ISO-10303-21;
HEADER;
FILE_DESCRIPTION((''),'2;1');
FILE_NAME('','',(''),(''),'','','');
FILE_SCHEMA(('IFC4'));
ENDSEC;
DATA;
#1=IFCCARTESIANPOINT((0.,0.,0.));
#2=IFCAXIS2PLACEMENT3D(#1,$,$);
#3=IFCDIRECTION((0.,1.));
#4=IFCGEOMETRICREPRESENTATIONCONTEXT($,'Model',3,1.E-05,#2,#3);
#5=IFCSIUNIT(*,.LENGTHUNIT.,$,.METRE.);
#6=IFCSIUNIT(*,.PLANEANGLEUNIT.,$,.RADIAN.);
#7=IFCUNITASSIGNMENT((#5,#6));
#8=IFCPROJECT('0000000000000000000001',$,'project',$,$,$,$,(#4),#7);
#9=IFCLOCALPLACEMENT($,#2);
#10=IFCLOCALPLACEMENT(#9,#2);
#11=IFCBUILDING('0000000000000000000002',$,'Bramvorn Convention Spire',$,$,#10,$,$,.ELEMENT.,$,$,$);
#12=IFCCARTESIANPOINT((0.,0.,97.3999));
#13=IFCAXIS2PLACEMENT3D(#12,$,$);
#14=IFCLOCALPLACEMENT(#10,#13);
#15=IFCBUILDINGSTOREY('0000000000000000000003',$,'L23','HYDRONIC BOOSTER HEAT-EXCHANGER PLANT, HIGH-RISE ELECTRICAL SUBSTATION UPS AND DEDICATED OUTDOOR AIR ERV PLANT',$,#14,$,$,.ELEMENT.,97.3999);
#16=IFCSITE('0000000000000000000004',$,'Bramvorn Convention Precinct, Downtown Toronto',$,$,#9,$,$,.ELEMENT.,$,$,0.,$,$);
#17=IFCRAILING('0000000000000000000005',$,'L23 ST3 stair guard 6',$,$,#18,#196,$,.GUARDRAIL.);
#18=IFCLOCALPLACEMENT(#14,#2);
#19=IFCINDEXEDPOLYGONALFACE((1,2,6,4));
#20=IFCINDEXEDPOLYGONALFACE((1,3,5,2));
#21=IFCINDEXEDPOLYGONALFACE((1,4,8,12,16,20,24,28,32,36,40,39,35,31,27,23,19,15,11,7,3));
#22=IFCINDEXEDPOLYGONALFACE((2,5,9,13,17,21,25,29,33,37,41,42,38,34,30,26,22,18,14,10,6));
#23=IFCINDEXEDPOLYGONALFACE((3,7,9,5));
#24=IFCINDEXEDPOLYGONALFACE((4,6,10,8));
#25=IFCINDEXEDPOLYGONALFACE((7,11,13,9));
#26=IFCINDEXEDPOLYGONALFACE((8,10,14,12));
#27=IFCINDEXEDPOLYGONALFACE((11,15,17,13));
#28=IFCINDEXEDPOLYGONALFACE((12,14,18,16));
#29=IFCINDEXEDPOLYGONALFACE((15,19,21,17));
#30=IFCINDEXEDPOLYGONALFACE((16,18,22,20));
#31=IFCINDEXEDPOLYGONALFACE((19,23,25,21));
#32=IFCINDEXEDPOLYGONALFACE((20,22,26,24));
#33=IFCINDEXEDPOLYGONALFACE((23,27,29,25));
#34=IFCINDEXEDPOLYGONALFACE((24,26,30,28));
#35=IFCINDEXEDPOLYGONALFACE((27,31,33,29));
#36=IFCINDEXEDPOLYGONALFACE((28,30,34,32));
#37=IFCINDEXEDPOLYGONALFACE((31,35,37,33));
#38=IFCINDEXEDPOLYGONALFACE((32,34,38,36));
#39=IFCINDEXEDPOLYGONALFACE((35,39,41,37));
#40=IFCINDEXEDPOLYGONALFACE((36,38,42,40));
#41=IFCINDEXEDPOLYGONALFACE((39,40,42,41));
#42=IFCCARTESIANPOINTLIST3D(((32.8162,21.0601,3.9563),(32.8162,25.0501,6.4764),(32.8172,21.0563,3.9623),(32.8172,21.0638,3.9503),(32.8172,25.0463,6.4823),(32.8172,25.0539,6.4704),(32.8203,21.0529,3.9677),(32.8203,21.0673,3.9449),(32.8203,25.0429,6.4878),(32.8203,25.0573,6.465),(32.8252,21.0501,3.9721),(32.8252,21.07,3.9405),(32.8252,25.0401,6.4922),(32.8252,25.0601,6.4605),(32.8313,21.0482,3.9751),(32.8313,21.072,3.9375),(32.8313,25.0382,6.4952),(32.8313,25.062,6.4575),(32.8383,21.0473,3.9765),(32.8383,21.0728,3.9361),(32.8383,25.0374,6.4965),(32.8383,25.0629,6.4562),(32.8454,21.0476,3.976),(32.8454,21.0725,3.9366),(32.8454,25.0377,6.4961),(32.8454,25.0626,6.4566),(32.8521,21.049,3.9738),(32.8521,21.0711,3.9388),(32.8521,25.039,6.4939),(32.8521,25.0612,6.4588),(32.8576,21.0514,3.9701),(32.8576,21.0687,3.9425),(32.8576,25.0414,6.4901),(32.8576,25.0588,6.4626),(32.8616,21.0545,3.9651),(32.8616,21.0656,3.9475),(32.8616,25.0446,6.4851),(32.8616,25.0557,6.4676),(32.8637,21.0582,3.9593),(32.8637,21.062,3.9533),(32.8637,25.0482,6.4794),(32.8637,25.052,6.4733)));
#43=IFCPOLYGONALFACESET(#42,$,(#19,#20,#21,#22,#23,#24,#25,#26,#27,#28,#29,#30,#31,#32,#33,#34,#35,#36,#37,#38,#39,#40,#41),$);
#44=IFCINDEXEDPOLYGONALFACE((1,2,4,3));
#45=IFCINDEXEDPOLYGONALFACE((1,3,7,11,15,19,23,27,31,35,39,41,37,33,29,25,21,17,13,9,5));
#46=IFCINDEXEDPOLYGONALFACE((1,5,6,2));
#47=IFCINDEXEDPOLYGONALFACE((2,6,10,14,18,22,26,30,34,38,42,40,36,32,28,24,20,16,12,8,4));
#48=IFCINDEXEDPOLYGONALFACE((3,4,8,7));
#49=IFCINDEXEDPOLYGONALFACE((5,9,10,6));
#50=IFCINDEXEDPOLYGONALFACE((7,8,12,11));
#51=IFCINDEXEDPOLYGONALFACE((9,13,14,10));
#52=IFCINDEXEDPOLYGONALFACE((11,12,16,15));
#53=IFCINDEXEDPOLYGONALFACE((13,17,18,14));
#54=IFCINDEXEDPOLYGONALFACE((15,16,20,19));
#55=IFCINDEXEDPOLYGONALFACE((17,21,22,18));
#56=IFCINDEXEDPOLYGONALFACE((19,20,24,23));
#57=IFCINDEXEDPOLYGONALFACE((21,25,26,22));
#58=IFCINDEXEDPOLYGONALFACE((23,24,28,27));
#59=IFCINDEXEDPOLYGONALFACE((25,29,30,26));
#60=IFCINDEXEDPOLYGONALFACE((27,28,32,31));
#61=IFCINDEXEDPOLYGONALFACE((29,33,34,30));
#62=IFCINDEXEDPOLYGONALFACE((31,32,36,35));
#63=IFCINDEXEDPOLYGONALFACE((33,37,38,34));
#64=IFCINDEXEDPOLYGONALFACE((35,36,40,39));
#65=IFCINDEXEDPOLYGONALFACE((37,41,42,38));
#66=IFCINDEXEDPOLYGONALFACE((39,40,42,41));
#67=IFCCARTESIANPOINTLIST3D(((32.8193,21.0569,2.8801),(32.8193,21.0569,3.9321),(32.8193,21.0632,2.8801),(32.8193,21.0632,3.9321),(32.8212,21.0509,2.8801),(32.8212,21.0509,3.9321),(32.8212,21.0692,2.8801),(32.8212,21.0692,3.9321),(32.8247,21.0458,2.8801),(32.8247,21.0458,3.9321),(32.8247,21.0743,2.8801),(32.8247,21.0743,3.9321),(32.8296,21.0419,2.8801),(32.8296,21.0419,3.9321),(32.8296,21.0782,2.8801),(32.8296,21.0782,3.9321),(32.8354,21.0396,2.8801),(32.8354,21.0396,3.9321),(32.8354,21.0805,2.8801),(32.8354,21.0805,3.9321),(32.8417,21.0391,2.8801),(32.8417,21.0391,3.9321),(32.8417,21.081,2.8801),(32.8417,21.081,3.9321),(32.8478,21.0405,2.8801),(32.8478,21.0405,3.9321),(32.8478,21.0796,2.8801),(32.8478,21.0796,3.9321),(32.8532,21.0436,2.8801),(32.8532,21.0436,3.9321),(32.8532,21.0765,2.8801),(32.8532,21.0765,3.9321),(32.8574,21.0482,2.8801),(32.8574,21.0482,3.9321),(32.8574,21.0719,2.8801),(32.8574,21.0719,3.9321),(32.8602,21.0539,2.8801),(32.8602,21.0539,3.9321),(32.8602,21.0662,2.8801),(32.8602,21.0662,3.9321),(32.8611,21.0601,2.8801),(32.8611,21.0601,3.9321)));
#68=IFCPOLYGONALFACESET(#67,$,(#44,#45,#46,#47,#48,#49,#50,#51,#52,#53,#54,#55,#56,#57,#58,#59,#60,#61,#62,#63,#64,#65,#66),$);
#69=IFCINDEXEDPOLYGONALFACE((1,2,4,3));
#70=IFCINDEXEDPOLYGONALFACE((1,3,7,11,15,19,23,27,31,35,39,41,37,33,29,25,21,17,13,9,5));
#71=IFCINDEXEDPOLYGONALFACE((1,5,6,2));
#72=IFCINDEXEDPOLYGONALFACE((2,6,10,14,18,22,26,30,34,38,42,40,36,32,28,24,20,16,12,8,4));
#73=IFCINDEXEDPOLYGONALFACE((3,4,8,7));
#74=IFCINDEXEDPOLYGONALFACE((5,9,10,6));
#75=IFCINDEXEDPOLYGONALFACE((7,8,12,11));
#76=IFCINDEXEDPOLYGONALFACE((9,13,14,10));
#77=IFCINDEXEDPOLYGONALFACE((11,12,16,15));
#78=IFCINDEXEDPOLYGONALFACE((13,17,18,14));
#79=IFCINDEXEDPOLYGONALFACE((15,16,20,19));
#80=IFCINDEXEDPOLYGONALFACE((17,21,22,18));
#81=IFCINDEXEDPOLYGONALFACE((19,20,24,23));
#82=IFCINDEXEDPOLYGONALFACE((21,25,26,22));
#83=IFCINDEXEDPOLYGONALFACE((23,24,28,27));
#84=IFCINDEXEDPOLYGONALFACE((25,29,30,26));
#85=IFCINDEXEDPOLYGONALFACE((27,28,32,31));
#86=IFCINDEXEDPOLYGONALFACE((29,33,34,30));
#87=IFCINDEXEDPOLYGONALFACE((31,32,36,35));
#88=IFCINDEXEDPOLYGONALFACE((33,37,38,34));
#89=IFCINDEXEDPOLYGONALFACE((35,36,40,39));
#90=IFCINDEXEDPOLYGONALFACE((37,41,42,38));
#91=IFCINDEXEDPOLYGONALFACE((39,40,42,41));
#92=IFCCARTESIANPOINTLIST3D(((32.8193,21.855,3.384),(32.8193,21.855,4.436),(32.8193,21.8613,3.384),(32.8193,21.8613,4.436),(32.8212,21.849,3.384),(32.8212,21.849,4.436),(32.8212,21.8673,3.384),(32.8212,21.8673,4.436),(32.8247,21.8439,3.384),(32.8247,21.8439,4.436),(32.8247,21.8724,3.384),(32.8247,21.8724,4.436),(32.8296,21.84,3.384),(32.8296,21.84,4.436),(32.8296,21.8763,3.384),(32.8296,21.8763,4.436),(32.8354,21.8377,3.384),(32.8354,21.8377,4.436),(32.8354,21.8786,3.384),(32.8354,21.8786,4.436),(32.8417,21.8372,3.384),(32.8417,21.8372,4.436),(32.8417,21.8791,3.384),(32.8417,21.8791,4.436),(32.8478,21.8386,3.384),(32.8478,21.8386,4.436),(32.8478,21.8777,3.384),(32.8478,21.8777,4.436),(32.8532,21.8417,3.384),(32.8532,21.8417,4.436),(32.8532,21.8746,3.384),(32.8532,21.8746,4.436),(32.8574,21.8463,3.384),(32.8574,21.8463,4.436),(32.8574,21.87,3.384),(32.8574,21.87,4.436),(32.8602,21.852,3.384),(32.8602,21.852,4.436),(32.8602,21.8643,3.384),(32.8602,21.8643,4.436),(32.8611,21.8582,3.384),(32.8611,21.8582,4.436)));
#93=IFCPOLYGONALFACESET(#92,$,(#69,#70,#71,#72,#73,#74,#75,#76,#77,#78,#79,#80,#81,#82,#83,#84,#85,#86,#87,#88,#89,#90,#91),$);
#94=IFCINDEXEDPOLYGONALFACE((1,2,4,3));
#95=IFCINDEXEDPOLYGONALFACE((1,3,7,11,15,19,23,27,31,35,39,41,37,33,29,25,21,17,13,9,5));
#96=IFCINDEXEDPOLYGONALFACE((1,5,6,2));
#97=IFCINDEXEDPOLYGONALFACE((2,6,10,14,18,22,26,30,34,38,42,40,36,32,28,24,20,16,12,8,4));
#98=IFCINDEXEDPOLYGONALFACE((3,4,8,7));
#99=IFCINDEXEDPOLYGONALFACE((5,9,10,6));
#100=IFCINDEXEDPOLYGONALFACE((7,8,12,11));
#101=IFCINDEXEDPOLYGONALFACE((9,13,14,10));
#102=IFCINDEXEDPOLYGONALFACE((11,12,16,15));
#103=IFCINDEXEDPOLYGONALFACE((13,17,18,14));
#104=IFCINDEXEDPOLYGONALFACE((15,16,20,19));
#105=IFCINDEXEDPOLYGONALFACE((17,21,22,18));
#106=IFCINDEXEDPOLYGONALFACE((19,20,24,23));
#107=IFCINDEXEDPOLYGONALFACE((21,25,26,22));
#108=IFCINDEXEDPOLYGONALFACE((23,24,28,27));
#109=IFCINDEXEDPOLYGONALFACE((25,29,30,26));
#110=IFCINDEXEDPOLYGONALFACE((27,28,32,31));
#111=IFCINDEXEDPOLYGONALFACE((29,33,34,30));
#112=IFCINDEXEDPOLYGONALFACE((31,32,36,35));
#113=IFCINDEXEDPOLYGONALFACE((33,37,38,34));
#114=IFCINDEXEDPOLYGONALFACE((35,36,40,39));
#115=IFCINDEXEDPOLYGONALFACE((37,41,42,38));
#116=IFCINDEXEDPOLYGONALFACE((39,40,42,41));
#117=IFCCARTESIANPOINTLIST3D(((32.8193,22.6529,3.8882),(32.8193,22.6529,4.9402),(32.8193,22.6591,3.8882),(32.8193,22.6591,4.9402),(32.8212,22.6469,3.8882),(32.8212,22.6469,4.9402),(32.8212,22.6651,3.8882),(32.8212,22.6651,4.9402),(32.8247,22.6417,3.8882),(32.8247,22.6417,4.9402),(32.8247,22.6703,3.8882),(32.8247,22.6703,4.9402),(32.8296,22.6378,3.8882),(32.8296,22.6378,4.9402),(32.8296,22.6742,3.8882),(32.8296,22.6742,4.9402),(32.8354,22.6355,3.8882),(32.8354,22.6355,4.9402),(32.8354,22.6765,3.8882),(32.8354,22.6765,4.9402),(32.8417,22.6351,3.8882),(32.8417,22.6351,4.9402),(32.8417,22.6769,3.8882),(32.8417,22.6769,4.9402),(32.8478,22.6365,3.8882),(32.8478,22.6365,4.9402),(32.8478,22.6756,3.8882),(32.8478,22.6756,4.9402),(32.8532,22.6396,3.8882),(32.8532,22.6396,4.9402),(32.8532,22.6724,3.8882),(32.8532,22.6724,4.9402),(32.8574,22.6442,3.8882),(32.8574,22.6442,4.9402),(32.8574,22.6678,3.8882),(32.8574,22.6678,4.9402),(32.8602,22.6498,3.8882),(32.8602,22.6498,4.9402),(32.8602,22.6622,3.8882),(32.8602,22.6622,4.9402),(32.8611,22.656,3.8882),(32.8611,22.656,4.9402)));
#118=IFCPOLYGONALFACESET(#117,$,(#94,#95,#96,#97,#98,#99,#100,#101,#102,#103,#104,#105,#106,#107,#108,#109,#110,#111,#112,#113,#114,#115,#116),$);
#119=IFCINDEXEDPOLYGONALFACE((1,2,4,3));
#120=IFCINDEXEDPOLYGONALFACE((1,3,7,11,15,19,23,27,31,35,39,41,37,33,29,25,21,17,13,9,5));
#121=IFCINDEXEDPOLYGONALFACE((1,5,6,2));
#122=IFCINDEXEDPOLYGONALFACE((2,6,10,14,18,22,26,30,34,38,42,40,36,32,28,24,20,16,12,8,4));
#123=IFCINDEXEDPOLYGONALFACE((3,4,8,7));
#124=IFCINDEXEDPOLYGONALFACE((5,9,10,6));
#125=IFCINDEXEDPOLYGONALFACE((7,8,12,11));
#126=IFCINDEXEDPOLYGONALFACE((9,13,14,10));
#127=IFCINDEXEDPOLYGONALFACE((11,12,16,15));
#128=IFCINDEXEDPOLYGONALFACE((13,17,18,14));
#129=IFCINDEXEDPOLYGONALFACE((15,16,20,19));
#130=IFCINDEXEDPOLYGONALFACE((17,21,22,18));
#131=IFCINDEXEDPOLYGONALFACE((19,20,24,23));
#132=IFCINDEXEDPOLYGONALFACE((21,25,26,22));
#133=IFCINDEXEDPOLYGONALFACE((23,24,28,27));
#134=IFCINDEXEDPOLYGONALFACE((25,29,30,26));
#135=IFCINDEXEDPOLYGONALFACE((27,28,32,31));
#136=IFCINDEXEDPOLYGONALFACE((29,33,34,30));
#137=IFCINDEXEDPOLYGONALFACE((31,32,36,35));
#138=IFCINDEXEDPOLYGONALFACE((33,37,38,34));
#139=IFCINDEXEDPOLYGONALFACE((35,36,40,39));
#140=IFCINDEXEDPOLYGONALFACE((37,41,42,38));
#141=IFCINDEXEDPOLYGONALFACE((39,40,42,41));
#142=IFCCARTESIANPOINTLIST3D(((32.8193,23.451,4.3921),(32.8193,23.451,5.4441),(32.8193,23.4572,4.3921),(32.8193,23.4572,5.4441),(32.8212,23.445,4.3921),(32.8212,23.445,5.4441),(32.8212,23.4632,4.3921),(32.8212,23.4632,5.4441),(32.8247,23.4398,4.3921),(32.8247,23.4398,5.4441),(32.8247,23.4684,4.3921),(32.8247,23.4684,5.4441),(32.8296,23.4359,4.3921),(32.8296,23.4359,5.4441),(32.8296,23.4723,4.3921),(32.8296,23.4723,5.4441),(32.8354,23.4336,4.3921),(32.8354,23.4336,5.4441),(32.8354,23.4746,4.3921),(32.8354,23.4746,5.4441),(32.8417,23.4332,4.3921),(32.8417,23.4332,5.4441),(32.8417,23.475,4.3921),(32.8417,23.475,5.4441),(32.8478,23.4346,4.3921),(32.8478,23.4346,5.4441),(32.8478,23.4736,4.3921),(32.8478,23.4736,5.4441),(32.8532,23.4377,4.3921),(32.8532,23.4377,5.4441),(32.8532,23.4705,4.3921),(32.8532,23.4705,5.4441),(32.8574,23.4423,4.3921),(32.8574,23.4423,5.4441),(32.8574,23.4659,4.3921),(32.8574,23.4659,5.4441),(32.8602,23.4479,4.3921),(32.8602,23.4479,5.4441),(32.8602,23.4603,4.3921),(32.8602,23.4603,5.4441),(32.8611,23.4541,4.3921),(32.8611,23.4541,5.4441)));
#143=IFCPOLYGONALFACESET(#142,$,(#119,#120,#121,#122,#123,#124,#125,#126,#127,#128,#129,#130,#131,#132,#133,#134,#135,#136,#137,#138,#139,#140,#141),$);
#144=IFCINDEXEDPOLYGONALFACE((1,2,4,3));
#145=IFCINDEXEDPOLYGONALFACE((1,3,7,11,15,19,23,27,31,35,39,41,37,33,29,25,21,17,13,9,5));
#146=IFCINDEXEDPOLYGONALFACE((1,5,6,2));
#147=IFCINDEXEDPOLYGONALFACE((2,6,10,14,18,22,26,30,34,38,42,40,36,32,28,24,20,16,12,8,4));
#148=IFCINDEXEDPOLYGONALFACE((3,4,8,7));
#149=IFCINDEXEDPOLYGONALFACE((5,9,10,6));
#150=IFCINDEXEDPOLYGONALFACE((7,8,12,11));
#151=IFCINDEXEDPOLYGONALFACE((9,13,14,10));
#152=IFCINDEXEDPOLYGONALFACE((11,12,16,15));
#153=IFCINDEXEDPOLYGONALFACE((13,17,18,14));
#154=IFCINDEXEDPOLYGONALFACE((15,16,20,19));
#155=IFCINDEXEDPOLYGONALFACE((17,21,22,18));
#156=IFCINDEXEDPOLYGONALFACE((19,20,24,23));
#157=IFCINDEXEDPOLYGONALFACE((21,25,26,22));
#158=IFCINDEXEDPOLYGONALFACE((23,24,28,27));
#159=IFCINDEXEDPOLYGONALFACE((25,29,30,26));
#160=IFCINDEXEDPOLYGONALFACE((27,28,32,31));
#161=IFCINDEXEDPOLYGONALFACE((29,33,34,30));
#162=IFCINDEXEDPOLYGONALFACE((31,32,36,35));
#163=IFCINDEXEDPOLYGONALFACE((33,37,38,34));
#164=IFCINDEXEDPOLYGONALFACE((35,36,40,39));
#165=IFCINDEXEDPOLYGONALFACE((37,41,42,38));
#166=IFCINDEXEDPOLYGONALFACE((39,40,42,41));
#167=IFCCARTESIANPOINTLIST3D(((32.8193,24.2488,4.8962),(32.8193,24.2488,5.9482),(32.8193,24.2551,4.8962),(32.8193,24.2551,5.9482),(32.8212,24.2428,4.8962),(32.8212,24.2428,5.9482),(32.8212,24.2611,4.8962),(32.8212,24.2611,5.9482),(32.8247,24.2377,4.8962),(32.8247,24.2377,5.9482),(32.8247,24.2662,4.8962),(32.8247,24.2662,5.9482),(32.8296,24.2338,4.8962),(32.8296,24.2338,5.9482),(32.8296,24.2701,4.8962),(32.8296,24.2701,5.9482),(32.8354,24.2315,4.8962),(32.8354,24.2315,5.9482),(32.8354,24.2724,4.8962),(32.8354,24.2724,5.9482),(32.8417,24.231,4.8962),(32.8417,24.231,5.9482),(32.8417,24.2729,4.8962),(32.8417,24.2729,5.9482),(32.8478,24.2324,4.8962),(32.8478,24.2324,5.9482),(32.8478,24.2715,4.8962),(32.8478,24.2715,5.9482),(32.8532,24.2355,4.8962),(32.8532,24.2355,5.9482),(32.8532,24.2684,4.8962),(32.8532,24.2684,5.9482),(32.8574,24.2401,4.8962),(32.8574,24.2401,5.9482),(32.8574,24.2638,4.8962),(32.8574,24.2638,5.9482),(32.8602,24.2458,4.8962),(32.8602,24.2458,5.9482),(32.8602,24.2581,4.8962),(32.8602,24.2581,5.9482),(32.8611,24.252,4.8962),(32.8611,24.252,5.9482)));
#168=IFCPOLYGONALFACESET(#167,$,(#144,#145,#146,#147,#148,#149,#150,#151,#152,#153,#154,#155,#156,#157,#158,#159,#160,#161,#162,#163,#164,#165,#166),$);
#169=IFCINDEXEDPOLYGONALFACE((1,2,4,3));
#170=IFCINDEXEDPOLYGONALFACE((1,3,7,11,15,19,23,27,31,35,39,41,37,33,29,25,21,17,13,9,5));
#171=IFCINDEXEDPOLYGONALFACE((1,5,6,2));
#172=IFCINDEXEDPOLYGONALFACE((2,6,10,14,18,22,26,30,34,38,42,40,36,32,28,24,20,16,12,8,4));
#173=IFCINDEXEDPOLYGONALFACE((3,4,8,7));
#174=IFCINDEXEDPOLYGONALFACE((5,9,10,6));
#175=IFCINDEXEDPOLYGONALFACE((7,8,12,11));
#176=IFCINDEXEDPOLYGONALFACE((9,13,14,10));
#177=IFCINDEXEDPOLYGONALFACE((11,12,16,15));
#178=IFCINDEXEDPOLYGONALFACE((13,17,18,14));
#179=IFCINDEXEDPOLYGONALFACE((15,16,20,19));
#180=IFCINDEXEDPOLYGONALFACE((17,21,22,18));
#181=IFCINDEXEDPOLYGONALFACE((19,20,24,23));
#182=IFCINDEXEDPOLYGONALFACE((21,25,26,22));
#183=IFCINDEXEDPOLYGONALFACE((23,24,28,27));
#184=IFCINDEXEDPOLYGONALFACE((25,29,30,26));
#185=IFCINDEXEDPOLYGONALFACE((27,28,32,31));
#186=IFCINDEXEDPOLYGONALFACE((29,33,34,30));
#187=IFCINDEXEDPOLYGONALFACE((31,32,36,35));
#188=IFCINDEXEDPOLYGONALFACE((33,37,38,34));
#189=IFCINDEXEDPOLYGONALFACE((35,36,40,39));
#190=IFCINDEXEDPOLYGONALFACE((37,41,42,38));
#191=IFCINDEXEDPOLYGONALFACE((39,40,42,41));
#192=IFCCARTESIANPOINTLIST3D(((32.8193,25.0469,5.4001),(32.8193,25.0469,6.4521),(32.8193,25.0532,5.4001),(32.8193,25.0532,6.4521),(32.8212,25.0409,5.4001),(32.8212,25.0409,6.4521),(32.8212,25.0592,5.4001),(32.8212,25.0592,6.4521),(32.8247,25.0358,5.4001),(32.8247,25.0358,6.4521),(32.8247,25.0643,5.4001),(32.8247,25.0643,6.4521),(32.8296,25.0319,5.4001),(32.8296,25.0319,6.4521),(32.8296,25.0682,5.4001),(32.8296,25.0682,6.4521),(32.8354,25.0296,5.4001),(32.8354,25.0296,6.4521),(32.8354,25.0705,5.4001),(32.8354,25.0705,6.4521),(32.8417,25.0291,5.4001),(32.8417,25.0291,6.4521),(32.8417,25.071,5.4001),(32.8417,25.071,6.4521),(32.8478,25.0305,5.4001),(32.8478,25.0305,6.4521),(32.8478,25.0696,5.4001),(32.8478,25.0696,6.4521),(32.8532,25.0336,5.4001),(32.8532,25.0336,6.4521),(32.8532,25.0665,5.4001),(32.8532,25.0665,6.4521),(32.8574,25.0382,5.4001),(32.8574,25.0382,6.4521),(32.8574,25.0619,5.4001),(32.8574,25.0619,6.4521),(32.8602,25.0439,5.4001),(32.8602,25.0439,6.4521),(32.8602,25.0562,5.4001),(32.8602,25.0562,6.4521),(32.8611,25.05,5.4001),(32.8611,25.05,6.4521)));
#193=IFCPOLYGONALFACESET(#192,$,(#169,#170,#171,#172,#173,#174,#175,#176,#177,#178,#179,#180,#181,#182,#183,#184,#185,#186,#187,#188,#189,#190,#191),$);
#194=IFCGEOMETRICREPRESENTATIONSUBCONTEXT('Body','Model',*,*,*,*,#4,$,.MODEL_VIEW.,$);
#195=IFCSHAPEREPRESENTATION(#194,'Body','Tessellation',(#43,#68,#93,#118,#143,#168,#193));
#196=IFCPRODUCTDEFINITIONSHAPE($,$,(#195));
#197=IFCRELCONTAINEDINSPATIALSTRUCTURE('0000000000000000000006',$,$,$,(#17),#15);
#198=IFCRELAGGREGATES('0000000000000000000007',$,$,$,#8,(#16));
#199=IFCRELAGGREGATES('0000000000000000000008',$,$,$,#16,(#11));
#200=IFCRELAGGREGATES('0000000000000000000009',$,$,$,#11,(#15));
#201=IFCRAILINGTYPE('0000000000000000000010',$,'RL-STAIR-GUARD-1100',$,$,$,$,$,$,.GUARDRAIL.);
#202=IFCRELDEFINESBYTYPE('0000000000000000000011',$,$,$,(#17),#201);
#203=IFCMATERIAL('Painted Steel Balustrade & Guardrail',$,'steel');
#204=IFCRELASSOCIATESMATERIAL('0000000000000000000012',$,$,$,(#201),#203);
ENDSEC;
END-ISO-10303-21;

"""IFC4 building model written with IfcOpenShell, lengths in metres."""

from ifc_helpers import new_model, si_unit, direction, frame, origin, origin_2d, place, context, subcontext, project, spatial, circle, extrude, material, type_object, element, save


model = new_model("IFC4")

# Units and contexts
model_context = context("Model", 3, precision=1e-05, world=origin(), true_north=direction((0.0, 1.0)))
body_context = subcontext(model_context, "Body", "Model", "MODEL_VIEW")
ifc_project = project(units=[si_unit("LENGTHUNIT", "METRE"), si_unit("PLANEANGLEUNIT", "RADIAN")], contexts=[model_context])

# Site, building, storey
site_placement = place(None, origin())
site = spatial("IfcSite", under=ifc_project, at=site_placement, Name="Bramvorn Convention Precinct, Downtown Toronto", CompositionType="ELEMENT", RefElevation=0.0)
building_placement = place(site_placement, origin())
building = spatial("IfcBuilding", under=site, at=building_placement, Name="Bramvorn Convention Spire", CompositionType="ELEMENT")
storey_placement = place(building_placement, frame((0.0, 0.0, 97.3999)))
storey = spatial("IfcBuildingStorey", under=building, at=storey_placement, Name="L23", Description="HYDRONIC BOOSTER HEAT-EXCHANGER PLANT, HIGH-RISE ELECTRICAL SUBSTATION UPS AND DEDICATED OUTDOOR AIR ERV PLANT", CompositionType="ELEMENT", Elevation=97.3999)

# Railing
ifc_material_1 = material(Name="Painted Steel Balustrade & Guardrail", Category="steel")
railing_type_1 = type_object("IfcRailingType", Name="RL-STAIR-GUARD-1100", PredefinedType="GUARDRAIL", material=ifc_material_1)
railing_1_placement = place(storey_placement, frame((32.8401, 21.0601, 2.8801)))
element("IfcRailing", 1, at=railing_1_placement, inside=storey, type_object=railing_type_1, Name="L23 ST3 stair guard 6", PredefinedType="GUARDRAIL", context=body_context, shape_type="SweptSolid", body=[
    extrude(circle(Radius=0.0239, at=origin_2d()), frame((0.0, 0.0, 1.0762), z_axis=(0.0, 0.845486, 0.533997), x_axis=(-1.0, 0.0, 0.0)), (0.0, 0.0, 1.0), 4.7192),
    extrude(circle(Radius=0.021, at=origin_2d()), origin(), (0.0, 0.0, 1.0), 1.052),
    extrude(circle(Radius=0.021, at=origin_2d()), frame((0.0, 0.7981, 0.5039)), (0.0, 0.0, 1.0), 1.052),
    extrude(circle(Radius=0.021, at=origin_2d()), frame((0.0, 1.5959, 1.0081)), (0.0, 0.0, 1.0), 1.052),
    extrude(circle(Radius=0.021, at=origin_2d()), frame((0.0, 2.394, 1.512)), (0.0, 0.0, 1.0), 1.052),
    extrude(circle(Radius=0.021, at=origin_2d()), frame((0.0, 3.1919, 2.0161)), (0.0, 0.0, 1.0), 1.052),
    extrude(circle(Radius=0.021, at=origin_2d()), frame((0.0, 3.99, 2.52)), (0.0, 0.0, 1.0), 1.052),
])

save(model, "model.ifc")
